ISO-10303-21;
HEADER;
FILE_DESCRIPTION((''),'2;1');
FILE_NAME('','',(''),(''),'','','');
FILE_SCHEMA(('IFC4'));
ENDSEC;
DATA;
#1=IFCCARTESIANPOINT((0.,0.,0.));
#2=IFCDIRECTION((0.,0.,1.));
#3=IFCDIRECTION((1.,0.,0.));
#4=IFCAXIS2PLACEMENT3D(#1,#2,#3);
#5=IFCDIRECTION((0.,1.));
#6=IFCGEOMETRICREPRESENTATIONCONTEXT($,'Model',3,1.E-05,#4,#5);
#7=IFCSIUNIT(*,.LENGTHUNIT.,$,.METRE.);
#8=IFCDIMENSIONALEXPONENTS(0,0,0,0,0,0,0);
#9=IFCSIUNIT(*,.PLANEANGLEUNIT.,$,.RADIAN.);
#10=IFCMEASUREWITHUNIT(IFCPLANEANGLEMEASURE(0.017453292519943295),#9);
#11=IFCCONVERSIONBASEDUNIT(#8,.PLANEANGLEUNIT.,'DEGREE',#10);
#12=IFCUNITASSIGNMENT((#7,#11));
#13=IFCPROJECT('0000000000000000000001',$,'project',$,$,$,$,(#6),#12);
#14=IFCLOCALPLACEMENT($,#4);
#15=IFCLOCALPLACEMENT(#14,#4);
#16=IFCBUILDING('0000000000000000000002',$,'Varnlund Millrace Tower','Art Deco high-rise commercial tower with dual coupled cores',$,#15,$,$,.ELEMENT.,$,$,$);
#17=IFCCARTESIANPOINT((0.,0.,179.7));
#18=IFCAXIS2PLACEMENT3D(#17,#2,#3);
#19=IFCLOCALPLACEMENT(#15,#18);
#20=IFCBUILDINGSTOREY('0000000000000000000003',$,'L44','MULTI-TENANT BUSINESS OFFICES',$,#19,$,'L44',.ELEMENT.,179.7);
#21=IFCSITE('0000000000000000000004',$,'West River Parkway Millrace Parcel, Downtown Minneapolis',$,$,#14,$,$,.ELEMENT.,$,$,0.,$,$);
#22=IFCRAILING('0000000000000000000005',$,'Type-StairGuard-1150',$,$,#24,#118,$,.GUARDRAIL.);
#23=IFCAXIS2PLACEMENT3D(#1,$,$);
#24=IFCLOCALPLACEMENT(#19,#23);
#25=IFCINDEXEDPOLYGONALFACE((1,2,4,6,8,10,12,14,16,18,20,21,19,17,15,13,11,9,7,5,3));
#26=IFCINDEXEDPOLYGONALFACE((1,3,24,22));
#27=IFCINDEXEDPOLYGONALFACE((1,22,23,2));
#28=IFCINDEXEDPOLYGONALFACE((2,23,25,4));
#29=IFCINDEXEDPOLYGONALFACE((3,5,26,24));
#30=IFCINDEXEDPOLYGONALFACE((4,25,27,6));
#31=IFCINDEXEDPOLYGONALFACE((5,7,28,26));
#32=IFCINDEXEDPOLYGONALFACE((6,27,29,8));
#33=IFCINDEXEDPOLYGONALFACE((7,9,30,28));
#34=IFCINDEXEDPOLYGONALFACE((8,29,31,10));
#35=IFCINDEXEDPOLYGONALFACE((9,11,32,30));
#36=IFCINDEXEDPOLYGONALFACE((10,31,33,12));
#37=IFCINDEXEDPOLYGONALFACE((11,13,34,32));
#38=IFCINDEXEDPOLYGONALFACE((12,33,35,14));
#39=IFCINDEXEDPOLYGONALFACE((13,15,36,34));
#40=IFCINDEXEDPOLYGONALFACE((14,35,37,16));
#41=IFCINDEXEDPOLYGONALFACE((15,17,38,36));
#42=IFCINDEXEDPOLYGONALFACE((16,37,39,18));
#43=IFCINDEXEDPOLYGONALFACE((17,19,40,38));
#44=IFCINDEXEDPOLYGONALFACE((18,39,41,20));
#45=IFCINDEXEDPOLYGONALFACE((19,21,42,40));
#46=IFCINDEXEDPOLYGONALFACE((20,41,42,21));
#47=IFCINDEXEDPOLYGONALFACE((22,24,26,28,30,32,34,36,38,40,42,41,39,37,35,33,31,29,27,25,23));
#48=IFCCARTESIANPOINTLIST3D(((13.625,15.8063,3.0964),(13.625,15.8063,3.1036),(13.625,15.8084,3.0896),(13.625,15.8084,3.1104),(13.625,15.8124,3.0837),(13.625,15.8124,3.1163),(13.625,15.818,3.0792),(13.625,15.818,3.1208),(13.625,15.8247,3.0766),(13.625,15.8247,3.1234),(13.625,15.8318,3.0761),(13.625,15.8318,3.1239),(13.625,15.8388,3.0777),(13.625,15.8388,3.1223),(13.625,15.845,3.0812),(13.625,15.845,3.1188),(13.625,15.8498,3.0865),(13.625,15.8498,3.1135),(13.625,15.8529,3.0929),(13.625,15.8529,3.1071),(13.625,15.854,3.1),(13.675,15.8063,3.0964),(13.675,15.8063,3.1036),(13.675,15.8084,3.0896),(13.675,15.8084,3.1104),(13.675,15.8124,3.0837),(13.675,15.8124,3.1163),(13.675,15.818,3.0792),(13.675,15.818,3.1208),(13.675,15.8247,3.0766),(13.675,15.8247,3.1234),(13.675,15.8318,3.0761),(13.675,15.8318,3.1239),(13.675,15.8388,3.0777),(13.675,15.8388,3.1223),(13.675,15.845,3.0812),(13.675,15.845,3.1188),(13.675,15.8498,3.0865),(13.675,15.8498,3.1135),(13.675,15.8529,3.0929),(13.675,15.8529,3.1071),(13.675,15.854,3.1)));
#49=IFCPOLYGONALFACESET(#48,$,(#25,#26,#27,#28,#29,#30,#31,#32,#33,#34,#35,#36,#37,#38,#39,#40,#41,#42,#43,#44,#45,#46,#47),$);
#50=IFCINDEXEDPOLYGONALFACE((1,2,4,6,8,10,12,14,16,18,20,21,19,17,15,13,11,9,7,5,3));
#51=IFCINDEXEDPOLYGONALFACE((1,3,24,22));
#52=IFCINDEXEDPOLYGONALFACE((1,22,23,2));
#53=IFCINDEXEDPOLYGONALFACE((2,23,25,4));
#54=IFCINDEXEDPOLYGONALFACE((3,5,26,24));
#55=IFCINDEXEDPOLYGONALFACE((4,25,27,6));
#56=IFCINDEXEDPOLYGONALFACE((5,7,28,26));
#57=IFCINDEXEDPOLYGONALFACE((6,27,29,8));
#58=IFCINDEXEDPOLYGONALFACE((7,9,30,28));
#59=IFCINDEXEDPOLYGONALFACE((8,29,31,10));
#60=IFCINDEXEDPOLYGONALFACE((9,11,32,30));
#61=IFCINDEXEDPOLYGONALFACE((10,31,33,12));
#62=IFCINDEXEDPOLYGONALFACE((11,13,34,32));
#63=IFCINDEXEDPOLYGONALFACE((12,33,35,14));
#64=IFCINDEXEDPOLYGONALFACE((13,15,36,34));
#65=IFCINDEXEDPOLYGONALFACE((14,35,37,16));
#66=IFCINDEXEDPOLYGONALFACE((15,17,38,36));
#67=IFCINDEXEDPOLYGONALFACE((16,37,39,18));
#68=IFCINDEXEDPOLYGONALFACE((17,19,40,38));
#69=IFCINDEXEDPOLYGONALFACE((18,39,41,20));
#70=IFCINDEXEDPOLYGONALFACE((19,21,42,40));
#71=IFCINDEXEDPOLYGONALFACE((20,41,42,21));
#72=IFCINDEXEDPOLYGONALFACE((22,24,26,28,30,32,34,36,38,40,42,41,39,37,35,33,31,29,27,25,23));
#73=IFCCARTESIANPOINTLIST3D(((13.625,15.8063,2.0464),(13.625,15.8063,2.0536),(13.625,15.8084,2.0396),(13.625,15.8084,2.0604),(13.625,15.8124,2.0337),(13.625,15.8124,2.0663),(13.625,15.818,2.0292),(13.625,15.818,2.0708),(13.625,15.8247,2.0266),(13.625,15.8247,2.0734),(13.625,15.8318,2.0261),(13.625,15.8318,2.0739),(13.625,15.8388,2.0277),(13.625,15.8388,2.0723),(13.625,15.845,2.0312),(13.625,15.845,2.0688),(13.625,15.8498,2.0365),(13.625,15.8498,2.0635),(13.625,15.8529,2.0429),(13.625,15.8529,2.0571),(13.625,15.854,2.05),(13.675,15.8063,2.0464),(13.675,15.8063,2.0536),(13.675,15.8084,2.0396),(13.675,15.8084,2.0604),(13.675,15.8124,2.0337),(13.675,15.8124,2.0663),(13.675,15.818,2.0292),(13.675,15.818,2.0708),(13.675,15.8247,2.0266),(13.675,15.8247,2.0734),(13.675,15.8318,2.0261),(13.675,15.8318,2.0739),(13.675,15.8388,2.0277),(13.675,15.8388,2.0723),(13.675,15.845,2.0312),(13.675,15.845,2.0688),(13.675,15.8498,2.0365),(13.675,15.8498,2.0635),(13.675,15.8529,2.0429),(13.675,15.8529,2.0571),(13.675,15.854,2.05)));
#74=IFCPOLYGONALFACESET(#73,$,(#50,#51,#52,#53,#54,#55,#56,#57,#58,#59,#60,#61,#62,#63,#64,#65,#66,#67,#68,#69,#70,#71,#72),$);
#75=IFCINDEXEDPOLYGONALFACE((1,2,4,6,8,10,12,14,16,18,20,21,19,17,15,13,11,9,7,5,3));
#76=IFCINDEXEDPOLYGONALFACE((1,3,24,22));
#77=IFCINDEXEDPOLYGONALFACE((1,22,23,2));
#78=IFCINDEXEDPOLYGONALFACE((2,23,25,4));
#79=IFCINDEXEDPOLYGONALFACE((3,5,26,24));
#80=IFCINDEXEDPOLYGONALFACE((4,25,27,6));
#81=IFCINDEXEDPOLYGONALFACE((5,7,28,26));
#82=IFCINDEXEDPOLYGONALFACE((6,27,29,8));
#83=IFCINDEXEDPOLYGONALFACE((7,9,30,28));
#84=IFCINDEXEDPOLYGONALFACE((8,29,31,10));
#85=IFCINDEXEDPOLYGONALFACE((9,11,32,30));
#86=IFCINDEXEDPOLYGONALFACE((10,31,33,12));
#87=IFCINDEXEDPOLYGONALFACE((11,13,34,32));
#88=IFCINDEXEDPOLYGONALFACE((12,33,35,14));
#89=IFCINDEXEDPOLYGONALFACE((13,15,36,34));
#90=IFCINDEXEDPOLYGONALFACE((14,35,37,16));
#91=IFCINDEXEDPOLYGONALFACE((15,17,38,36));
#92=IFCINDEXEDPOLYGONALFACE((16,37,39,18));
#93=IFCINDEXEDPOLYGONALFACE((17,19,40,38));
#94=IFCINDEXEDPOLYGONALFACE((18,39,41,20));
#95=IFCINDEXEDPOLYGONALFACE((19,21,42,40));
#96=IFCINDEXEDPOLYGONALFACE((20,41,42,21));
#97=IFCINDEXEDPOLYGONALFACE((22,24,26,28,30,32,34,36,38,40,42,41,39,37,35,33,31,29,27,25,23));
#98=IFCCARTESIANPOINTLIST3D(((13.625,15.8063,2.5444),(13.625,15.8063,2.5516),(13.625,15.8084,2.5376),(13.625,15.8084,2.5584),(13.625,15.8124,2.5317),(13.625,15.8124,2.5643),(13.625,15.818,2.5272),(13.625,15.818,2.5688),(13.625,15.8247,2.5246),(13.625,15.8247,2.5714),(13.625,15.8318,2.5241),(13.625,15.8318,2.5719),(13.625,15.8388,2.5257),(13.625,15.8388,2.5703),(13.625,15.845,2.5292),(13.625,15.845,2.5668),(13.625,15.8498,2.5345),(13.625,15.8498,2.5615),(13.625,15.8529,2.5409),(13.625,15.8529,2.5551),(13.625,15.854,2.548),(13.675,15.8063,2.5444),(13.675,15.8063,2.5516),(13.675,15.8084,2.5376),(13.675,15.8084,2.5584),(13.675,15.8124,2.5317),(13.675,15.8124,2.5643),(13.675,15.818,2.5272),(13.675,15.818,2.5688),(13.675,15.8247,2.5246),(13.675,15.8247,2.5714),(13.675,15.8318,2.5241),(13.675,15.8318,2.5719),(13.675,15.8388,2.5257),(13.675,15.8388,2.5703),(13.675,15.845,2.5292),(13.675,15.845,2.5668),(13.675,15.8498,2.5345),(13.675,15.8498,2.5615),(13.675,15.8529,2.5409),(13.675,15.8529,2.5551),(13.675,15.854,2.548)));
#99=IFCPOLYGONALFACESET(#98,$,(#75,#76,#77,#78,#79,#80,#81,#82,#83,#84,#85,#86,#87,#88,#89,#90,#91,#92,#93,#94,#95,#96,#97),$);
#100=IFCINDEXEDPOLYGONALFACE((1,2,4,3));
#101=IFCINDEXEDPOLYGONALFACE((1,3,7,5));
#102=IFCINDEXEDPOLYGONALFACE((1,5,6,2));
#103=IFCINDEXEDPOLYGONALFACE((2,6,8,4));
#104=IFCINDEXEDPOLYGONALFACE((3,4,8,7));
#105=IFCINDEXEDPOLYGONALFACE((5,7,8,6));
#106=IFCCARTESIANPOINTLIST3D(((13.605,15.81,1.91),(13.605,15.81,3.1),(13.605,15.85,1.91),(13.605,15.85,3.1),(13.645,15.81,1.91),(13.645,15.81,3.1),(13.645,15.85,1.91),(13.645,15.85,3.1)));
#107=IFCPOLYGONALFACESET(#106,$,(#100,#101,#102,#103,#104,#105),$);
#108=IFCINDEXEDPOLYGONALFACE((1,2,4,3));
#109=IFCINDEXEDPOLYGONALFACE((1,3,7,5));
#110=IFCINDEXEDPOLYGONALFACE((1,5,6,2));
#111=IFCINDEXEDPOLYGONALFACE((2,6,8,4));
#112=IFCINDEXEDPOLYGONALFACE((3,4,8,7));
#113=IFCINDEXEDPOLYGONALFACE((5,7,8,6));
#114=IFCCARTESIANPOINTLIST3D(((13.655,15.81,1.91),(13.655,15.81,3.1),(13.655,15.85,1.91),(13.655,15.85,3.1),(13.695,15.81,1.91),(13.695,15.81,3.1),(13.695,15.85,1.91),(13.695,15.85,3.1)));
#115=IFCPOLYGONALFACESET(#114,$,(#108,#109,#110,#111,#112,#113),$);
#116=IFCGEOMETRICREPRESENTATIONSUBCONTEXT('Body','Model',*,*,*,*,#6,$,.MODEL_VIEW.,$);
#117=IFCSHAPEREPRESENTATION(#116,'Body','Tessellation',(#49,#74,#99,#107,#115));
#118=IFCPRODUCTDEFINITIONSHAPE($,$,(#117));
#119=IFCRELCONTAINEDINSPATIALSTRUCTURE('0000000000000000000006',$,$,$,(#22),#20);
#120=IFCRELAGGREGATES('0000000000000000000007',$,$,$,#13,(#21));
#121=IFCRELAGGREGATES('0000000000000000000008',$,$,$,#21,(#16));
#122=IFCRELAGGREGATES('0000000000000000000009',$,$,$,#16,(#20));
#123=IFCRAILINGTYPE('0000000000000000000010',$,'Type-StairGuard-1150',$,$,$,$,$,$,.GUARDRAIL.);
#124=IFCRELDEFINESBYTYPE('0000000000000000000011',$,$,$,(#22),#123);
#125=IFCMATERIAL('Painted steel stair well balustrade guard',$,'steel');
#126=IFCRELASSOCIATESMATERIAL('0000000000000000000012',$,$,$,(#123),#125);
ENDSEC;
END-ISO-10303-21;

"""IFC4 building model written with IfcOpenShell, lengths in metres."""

from ifc_helpers import new_model, entity, si_unit, converted_unit, direction, frame, origin_with_axes, origin_2d_with_axis, place, context, subcontext, project, spatial, rectangle, circle, extrude, material, type_object, element, save


model = new_model("IFC4")

# Units and contexts
model_context = context("Model", 3, precision=1e-05, world=origin_with_axes(), true_north=direction((0.0, 1.0)))
body_context = subcontext(model_context, "Body", "Model", "MODEL_VIEW")
ifc_project = project(units=[si_unit("LENGTHUNIT", "METRE"), converted_unit("PLANEANGLEUNIT", "DEGREE", entity("IfcPlaneAngleMeasure", 0.017453292519943295), si_unit("PLANEANGLEUNIT", "RADIAN"), dimensions=[0, 0, 0, 0, 0, 0, 0])], contexts=[model_context])

# Site, building, storey
site_placement = place(None, origin_with_axes())
site = spatial("IfcSite", under=ifc_project, at=site_placement, Name="West River Parkway Millrace Parcel, Downtown Minneapolis", CompositionType="ELEMENT", RefElevation=0.0)
building_placement = place(site_placement, origin_with_axes())
building = spatial("IfcBuilding", under=site, at=building_placement, Name="Varnlund Millrace Tower", Description="Art Deco high-rise commercial tower with dual coupled cores", CompositionType="ELEMENT")
storey_placement = place(building_placement, frame((0.0, 0.0, 179.7), z_axis=(0.0, 0.0, 1.0), x_axis=(1.0, 0.0, 0.0)))
storey = spatial("IfcBuildingStorey", under=building, at=storey_placement, Name="L44", Description="MULTI-TENANT BUSINESS OFFICES", LongName="L44", CompositionType="ELEMENT", Elevation=179.7)

# Railing
ifc_material_1 = material(Name="Painted steel stair well balustrade guard", Category="steel")
railing_type_1 = type_object("IfcRailingType", Name="Type-StairGuard-1150", PredefinedType="GUARDRAIL", material=ifc_material_1)
railing_1_placement = place(storey_placement, frame((0.0, 0.0, -179.7), z_axis=(0.0, 0.0, 1.0), x_axis=(1.0, 0.0, 0.0)))
element("IfcRailing", 1, at=railing_1_placement, inside=storey, type_object=railing_type_1, Name="Type-StairGuard-1150", PredefinedType="GUARDRAIL", context=body_context, shape_type="SweptSolid", body=[
    extrude(circle(Radius=0.024, at=origin_2d_with_axis()), frame((13.625, 15.83, 182.8), z_axis=(1.0, 0.0, 0.0), x_axis=(0.0, 1.0, 0.0)), (0.0, 0.0, 1.0), 0.05),
    extrude(circle(Radius=0.024, at=origin_2d_with_axis()), frame((13.625, 15.83, 181.75), z_axis=(1.0, 0.0, 0.0), x_axis=(0.0, 1.0, 0.0)), (0.0, 0.0, 1.0), 0.05),
    extrude(circle(Radius=0.024, at=origin_2d_with_axis()), frame((13.625, 15.83, 182.248), z_axis=(1.0, 0.0, 0.0), x_axis=(0.0, 1.0, 0.0)), (0.0, 0.0, 1.0), 0.05),
    extrude(rectangle(XDim=0.04, YDim=0.04, at=origin_2d_with_axis()), frame((13.625, 15.83, 181.61), z_axis=(0.0, 0.0, 1.0), x_axis=(1.0, 0.0, 0.0)), (0.0, 0.0, 1.0), 1.19),
    extrude(rectangle(XDim=0.04, YDim=0.04, at=origin_2d_with_axis()), frame((13.675, 15.83, 181.61), z_axis=(0.0, 0.0, 1.0), x_axis=(1.0, 0.0, 0.0)), (0.0, 0.0, 1.0), 1.19),
])

save(model, "model.ifc")
